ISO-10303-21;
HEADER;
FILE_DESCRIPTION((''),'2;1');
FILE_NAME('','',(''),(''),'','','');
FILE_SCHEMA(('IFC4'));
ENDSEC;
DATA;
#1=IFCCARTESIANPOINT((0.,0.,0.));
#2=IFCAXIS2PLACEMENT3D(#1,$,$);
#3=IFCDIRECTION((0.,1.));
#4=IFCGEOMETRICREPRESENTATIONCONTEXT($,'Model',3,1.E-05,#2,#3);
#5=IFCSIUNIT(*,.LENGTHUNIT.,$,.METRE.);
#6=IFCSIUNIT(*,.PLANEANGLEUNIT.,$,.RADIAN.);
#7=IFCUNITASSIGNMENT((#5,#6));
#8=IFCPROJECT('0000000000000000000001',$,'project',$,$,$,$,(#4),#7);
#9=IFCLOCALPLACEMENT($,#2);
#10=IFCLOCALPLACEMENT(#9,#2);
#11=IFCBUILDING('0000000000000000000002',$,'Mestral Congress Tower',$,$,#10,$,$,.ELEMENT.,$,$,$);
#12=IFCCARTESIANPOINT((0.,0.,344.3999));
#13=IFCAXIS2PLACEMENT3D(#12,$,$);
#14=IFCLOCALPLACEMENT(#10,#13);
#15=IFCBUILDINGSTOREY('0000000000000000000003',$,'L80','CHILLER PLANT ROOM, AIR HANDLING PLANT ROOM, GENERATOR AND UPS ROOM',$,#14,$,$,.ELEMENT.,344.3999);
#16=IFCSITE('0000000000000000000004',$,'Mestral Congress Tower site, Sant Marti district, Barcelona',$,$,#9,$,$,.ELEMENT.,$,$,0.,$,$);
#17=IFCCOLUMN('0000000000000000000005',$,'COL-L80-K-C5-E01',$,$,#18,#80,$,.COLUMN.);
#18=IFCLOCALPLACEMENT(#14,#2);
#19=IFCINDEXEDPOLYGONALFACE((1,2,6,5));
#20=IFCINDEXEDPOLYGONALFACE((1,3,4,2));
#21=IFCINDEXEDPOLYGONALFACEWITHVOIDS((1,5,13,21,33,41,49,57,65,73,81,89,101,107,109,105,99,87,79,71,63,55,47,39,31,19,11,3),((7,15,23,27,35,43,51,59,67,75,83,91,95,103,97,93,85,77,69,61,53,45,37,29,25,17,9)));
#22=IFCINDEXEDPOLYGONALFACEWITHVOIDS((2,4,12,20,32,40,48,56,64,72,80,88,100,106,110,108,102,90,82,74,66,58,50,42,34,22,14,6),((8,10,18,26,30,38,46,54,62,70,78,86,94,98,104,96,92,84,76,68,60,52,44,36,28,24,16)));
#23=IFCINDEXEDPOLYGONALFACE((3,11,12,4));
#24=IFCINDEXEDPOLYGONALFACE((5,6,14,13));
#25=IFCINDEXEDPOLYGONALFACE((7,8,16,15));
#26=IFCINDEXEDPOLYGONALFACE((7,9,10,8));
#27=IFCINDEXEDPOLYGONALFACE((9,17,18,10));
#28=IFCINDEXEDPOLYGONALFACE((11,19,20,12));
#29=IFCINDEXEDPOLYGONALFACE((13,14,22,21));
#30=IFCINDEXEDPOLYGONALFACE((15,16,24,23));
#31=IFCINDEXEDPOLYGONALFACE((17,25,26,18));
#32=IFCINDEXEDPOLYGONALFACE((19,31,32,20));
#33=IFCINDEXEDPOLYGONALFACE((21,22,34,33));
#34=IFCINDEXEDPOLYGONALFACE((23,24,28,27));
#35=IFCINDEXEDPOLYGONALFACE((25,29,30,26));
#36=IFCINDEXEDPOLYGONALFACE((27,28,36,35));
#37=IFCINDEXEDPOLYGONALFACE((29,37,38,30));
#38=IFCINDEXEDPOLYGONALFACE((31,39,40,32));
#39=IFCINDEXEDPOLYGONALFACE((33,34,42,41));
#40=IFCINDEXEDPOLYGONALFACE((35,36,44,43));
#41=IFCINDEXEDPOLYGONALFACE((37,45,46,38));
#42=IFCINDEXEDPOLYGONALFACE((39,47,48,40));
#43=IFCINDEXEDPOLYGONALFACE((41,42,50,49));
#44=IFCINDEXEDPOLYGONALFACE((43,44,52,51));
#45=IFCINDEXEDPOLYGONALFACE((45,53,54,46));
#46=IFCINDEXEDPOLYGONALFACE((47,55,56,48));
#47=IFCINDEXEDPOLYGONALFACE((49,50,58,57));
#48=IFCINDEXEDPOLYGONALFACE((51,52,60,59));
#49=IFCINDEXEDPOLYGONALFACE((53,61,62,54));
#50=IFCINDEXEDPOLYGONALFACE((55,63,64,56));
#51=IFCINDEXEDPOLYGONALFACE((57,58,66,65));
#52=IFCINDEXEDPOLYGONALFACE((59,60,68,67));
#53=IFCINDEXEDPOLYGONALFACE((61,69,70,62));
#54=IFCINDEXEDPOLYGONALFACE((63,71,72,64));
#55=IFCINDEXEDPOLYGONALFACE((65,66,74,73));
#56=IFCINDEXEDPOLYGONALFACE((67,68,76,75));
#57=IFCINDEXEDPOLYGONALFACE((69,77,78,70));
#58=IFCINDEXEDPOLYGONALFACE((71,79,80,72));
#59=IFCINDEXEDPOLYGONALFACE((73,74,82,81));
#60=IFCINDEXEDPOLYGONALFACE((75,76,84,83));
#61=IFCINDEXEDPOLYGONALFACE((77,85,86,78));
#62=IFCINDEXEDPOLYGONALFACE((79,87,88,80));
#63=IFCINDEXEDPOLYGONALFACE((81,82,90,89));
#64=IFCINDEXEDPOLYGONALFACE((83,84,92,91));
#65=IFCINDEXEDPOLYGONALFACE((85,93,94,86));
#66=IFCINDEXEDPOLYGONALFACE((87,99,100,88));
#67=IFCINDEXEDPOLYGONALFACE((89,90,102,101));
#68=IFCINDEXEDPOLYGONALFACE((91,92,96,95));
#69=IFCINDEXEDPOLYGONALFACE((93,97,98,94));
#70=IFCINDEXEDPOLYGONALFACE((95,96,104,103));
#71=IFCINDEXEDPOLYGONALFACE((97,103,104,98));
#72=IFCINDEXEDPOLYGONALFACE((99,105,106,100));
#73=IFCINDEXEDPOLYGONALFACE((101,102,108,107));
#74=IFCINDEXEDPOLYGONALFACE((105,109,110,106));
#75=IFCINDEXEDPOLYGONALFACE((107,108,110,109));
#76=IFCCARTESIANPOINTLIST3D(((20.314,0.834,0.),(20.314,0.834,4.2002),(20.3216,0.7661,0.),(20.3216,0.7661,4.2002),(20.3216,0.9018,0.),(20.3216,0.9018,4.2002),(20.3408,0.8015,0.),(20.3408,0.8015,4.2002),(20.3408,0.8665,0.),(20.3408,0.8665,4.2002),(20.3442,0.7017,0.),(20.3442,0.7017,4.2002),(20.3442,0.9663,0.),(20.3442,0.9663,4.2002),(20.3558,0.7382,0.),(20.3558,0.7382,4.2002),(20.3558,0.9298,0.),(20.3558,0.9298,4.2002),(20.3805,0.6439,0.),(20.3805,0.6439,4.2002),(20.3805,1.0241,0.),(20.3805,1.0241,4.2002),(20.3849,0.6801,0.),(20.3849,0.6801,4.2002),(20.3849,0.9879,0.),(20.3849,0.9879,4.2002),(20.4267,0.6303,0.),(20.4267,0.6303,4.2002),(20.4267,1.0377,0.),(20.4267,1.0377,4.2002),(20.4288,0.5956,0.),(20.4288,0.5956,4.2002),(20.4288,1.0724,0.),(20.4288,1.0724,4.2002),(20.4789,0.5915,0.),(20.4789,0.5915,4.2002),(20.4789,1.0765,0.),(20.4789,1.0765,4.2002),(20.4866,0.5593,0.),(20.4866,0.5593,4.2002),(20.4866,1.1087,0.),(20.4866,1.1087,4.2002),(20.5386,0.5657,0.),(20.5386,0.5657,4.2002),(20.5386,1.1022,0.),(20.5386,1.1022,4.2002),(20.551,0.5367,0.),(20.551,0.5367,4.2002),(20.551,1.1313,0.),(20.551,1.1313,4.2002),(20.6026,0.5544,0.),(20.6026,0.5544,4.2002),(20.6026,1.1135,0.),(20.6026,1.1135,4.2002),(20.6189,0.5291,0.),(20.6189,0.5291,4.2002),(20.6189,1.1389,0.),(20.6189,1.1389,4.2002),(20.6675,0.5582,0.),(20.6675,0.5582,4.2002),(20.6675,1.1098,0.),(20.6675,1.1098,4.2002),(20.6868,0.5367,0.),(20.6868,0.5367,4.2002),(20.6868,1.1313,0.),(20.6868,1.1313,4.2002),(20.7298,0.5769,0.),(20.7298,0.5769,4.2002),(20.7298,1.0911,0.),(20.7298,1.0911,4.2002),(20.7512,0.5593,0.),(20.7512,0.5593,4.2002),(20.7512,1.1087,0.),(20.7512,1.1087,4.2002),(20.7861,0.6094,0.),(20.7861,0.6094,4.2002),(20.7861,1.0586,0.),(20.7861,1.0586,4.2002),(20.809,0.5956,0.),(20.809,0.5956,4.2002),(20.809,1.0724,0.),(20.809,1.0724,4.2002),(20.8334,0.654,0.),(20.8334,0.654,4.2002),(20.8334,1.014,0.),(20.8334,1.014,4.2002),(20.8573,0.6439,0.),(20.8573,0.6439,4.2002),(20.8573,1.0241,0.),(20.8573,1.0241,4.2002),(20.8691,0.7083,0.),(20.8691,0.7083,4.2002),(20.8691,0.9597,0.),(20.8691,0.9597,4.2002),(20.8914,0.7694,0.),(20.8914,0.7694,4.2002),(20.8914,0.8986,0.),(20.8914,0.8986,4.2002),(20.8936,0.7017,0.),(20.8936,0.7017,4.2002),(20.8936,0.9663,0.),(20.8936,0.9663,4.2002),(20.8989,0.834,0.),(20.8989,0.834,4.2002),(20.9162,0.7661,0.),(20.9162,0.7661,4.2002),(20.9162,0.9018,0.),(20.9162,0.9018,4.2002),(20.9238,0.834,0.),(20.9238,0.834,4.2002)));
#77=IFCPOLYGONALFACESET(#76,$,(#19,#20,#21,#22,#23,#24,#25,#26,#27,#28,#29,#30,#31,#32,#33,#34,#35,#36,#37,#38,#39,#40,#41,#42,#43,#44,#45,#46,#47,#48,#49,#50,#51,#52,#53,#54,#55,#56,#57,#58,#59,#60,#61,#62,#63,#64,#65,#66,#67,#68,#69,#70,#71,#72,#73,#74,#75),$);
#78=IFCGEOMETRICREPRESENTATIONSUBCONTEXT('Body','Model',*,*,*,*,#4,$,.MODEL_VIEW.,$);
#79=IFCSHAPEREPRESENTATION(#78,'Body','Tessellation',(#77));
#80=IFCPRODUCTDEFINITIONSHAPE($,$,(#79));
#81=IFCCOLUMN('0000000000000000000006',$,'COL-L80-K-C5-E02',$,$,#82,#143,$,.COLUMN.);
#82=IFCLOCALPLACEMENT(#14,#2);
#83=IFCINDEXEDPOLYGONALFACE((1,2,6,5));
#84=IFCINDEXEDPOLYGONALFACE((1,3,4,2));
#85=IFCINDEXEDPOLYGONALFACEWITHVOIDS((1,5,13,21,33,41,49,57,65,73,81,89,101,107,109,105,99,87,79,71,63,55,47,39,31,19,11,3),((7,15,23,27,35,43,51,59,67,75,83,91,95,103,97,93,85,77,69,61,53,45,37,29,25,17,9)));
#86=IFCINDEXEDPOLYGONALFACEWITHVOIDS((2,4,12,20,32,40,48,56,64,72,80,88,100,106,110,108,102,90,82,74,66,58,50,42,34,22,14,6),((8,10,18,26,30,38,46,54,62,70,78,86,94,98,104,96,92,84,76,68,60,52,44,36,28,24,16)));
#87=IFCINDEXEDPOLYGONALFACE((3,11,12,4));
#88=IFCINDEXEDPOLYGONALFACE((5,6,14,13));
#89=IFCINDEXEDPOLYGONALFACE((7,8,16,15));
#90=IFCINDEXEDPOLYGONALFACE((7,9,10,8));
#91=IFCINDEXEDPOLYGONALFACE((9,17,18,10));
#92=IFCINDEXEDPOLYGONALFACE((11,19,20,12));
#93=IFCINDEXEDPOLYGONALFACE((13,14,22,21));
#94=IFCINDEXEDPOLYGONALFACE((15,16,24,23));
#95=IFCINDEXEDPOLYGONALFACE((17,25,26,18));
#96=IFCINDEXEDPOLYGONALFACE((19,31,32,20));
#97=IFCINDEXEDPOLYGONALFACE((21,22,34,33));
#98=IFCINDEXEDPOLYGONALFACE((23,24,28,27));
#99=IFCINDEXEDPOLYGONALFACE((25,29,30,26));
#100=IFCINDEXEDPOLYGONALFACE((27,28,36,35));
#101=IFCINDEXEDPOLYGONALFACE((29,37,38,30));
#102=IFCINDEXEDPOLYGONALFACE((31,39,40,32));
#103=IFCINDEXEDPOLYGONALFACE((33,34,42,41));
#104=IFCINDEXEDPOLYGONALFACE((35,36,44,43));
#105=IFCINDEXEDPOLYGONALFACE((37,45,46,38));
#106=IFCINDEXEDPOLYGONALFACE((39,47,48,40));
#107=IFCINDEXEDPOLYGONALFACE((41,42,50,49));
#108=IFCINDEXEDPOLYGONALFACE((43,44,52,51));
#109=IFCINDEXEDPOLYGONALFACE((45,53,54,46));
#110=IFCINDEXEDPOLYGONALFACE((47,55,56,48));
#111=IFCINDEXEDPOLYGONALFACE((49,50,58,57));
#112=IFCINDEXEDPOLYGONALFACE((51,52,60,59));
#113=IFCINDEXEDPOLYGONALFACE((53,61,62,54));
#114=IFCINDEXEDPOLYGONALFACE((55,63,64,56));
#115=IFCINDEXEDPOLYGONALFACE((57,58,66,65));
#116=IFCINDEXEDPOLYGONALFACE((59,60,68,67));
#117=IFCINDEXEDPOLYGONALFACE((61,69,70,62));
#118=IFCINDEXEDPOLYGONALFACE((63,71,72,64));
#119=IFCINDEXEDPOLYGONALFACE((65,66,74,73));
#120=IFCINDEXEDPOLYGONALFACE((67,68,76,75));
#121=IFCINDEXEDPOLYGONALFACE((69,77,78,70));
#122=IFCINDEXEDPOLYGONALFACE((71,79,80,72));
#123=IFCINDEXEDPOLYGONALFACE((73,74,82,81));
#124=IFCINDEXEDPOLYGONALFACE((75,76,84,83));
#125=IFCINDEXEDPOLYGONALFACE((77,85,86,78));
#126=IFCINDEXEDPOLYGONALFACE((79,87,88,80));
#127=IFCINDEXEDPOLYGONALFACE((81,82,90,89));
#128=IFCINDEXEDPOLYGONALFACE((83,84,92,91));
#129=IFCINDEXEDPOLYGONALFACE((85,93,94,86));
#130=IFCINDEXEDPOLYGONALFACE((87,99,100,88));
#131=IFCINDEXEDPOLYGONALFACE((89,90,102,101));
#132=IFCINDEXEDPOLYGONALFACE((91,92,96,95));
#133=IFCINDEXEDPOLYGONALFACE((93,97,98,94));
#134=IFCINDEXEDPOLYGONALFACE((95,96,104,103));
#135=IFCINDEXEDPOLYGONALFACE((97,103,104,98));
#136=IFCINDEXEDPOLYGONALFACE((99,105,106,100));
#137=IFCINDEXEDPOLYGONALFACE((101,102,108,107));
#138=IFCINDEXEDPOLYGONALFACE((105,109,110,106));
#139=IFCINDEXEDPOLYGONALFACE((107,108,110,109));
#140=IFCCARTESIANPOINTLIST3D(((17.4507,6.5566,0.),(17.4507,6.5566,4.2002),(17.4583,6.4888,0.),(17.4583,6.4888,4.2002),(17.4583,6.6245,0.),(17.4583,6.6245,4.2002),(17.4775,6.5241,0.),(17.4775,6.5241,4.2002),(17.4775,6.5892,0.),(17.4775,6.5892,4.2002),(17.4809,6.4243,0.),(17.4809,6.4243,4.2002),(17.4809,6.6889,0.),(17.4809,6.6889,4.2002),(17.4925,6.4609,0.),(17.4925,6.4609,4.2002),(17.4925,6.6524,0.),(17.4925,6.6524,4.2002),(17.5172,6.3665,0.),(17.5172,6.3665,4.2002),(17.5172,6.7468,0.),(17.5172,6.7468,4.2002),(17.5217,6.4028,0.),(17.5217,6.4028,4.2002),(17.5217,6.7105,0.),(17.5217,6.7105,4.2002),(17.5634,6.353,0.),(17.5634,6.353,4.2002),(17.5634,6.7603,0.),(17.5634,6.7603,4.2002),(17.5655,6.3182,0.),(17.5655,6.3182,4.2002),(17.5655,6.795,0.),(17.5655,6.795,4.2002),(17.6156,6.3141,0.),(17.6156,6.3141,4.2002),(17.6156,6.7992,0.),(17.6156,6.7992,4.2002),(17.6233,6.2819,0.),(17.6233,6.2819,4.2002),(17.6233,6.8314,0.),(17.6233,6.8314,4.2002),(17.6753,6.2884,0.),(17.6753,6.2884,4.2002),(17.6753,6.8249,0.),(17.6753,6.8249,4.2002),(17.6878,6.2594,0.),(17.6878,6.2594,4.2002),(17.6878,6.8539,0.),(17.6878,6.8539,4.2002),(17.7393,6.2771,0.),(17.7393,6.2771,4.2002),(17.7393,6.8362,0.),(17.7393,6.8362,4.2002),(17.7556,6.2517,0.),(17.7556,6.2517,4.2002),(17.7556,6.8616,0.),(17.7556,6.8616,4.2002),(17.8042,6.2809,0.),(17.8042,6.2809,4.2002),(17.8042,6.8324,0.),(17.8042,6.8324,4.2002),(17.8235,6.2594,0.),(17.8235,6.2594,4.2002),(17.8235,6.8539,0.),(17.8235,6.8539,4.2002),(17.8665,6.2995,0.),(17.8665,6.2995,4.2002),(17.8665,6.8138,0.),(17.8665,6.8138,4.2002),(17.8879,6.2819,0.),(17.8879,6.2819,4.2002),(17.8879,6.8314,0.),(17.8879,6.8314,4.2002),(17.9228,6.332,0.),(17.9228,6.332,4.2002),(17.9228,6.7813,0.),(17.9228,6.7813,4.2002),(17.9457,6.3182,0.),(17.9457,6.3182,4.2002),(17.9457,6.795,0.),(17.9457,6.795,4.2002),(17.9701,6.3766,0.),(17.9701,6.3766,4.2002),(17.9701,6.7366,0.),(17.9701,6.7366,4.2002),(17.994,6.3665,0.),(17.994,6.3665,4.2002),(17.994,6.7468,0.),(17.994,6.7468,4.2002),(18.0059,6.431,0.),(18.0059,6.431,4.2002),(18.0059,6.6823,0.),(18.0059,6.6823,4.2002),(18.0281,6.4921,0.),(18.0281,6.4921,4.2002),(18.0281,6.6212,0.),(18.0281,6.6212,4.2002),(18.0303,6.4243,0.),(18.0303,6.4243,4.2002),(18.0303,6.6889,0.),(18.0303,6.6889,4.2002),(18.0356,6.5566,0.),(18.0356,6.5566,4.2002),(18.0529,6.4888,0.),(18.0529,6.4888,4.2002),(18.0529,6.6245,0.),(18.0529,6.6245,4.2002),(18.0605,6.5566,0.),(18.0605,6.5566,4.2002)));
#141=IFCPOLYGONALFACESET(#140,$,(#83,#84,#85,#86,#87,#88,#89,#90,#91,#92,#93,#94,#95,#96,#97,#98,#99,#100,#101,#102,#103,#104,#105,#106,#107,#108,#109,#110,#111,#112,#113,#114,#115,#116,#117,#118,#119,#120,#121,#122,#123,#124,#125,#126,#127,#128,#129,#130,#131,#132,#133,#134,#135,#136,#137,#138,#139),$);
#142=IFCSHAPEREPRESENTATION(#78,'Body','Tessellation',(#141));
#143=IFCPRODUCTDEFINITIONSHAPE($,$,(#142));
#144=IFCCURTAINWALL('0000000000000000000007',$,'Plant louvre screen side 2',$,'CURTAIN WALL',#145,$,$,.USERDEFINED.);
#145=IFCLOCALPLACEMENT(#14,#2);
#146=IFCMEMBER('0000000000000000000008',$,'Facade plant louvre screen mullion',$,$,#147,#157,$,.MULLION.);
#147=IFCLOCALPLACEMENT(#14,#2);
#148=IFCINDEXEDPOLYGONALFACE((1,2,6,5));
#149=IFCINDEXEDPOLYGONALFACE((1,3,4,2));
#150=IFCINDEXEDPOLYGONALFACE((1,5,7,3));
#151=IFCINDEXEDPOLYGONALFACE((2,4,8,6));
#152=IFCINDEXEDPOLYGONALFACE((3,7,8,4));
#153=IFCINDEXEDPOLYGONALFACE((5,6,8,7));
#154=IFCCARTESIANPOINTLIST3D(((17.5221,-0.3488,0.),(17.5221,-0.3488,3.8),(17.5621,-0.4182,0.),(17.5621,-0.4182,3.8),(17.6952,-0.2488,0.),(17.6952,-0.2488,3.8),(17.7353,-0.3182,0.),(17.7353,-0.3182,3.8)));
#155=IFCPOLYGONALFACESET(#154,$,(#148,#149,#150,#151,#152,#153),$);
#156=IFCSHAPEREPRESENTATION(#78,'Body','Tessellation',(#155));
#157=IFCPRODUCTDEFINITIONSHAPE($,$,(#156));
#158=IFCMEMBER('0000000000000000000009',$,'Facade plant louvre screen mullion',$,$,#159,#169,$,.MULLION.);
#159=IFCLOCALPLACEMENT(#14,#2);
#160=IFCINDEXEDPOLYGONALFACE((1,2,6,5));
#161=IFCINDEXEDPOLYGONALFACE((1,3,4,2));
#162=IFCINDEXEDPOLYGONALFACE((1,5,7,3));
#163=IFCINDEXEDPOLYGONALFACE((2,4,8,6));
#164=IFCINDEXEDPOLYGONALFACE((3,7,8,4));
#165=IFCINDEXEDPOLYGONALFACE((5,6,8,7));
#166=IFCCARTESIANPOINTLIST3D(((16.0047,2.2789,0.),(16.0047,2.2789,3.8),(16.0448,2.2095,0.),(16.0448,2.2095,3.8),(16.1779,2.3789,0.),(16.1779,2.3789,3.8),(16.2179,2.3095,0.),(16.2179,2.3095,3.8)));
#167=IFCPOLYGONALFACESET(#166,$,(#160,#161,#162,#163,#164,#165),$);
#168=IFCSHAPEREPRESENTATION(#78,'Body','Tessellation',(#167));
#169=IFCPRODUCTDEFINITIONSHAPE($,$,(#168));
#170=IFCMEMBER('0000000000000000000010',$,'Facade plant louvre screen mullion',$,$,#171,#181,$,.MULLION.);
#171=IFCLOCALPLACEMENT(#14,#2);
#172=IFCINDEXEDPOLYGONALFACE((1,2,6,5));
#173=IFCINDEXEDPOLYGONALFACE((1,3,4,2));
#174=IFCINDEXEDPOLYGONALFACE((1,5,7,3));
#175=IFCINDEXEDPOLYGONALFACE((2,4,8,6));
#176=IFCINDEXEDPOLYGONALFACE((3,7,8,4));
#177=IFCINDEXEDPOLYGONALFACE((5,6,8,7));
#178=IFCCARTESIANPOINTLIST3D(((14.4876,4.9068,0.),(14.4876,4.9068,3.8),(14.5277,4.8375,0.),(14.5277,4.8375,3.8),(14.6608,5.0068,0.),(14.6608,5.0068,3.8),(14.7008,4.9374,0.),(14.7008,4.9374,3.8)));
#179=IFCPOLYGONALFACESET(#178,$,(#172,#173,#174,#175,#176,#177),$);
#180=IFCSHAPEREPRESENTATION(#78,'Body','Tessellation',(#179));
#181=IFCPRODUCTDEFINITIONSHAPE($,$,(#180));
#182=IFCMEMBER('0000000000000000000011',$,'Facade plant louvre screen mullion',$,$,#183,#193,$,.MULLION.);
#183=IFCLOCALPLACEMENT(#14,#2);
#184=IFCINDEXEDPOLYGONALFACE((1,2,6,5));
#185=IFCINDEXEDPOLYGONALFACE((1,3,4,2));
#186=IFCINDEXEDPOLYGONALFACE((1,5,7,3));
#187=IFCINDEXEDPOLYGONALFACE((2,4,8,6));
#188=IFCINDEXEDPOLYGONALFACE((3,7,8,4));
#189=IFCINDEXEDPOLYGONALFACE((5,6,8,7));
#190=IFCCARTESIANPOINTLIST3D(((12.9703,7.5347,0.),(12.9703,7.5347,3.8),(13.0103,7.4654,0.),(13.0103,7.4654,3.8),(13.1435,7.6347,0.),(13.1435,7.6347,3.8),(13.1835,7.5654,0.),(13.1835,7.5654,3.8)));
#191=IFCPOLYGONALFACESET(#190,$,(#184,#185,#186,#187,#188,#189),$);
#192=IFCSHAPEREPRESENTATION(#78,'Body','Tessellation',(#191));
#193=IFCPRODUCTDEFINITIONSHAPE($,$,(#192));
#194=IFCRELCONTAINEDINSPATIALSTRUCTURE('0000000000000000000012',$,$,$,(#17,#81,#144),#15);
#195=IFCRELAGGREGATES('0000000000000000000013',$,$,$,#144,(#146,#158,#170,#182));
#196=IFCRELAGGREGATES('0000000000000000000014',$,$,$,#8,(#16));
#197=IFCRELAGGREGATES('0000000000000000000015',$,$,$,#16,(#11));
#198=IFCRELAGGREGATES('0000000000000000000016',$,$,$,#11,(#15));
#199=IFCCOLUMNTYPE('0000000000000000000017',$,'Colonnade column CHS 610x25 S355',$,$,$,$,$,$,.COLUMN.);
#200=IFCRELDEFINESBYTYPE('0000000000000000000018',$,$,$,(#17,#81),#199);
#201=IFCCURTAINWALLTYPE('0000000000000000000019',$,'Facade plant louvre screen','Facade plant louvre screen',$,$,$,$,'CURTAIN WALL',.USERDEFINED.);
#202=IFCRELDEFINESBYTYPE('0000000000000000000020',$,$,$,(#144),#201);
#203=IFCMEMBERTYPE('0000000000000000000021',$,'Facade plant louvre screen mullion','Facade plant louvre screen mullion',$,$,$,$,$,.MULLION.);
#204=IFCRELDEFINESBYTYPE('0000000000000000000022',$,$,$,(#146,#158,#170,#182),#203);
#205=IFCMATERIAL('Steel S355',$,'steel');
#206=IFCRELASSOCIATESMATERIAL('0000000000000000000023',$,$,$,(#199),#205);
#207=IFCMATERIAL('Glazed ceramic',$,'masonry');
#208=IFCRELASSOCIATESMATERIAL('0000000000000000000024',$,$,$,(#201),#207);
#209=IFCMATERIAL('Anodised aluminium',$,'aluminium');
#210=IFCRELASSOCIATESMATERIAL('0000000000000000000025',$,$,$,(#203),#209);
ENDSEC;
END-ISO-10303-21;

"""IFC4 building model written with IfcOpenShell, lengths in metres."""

from ifc_helpers import new_model, si_unit, direction, frame, origin, origin_2d, place, context, subcontext, project, spatial, rectangle, hollow_circle, extrude, material, material_profile, profile_set, type_object, element, aggregate, save


model = new_model("IFC4")

# Units and contexts
model_context = context("Model", 3, precision=1e-05, world=origin(), true_north=direction((0.0, 1.0)))
body_context = subcontext(model_context, "Body", "Model", "MODEL_VIEW")
ifc_project = project(units=[si_unit("LENGTHUNIT", "METRE"), si_unit("PLANEANGLEUNIT", "RADIAN")], contexts=[model_context])

# Site, building, storey
site_placement = place(None, origin())
site = spatial("IfcSite", under=ifc_project, at=site_placement, Name="Mestral Congress Tower site, Sant Marti district, Barcelona", CompositionType="ELEMENT", RefElevation=0.0)
building_placement = place(site_placement, origin())
building = spatial("IfcBuilding", under=site, at=building_placement, Name="Mestral Congress Tower", CompositionType="ELEMENT")
storey_placement = place(building_placement, frame((0.0, 0.0, 344.3999)))
storey = spatial("IfcBuildingStorey", under=building, at=storey_placement, Name="L80", Description="CHILLER PLANT ROOM, AIR HANDLING PLANT ROOM, GENERATOR AND UPS ROOM", CompositionType="ELEMENT", Elevation=344.3999)

# Columns
ifc_material_1 = material(Name="Steel S355", Category="steel")
ifc_material_profile_1 = material_profile(ifc_material_1, hollow_circle(Radius=0.3049, WallThickness=0.0249, at=origin_2d()), Name="CHS 610x25")
ifc_profile_set_1 = profile_set([ifc_material_profile_1], Name="Steel S355")
column_type = type_object("IfcColumnType", Name="Colonnade column CHS 610x25 S355", PredefinedType="COLUMN", material=ifc_profile_set_1)
for number, where, z_axis, x_axis, name in (
    (1, (20.6189, 0.834, 0.0), (0.0, 0.0, 1.0), (1.0, 0.0, 0.0), "COL-L80-K-C5-E01"),
    (2, (17.7556, 6.5566, 0.0), (0.0, 0.0, 1.0), (1.0, 0.0, 0.0), "COL-L80-K-C5-E02"),
):
    element("IfcColumn", number, at=place(storey_placement, frame(where, z_axis=z_axis, x_axis=x_axis)), inside=storey, type_object=column_type, Name=name, PredefinedType="COLUMN", context=body_context, shape_type="SweptSolid", body=[
        extrude(hollow_circle(Radius=0.3049, WallThickness=0.0249, at=origin_2d()), origin(), (0.0, 0.0, 1.0), 4.2002),
    ])

# Curtain wall, members
ifc_material_2 = material(Name="Glazed ceramic", Category="masonry")
curtain_wall_type = type_object("IfcCurtainWallType", Name="Facade plant louvre screen", Description="Facade plant louvre screen", ElementType="CURTAIN WALL", PredefinedType="USERDEFINED", material=ifc_material_2)
curtain_wall_placement = place(storey_placement, origin())
curtain_wall = element("IfcCurtainWall", 3, at=curtain_wall_placement, inside=storey, type_object=curtain_wall_type, Name="Plant louvre screen side 2", ObjectType="CURTAIN WALL", PredefinedType="USERDEFINED")
ifc_material_3 = material(Name="Anodised aluminium", Category="aluminium")
ifc_material_profile_2 = material_profile(ifc_material_3, rectangle(XDim=0.2, YDim=0.0801, at=origin_2d()), Name="CW6 mullion 200 x 80")
ifc_profile_set_2 = profile_set([ifc_material_profile_2], Name="Anodised aluminium")
member_type_1 = type_object("IfcMemberType", Name="Facade plant louvre screen mullion", Description="Facade plant louvre screen mullion", PredefinedType="MULLION", material=ifc_profile_set_2)
member_1_placement = place(storey_placement, frame((17.6287, -0.3335, 0.0), z_axis=(0.0, 0.0, 1.0), x_axis=(0.866025, 0.500002, 0.0)))
member_1 = element("IfcMember", 4, at=member_1_placement, type_object=member_type_1, Name="Facade plant louvre screen mullion", PredefinedType="MULLION", context=body_context, shape_type="SweptSolid", body=[
    extrude(rectangle(XDim=0.2, YDim=0.0801, at=origin_2d()), origin(), (0.0, 0.0, 1.0), 3.8),
])
member_2_placement = place(storey_placement, frame((16.1113, 2.2942, 0.0), z_axis=(0.0, 0.0, 1.0), x_axis=(0.866025, 0.500002, 0.0)))
member_2 = element("IfcMember", 5, at=member_2_placement, type_object=member_type_1, Name="Facade plant louvre screen mullion", PredefinedType="MULLION", context=body_context, shape_type="SweptSolid", body=[
    extrude(rectangle(XDim=0.2, YDim=0.0801, at=origin_2d()), origin(), (0.0, 0.0, 1.0), 3.8),
])
member_3_placement = place(storey_placement, frame((14.5942, 4.9221, 0.0), z_axis=(0.0, 0.0, 1.0), x_axis=(0.866025, 0.500002, 0.0)))
member_3 = element("IfcMember", 6, at=member_3_placement, type_object=member_type_1, Name="Facade plant louvre screen mullion", PredefinedType="MULLION", context=body_context, shape_type="SweptSolid", body=[
    extrude(rectangle(XDim=0.2, YDim=0.0801, at=origin_2d()), origin(), (0.0, 0.0, 1.0), 3.8),
])
member_4_placement = place(storey_placement, frame((13.0769, 7.55, 0.0), z_axis=(0.0, 0.0, 1.0), x_axis=(0.866025, 0.500002, 0.0)))
member_4 = element("IfcMember", 7, at=member_4_placement, type_object=member_type_1, Name="Facade plant louvre screen mullion", PredefinedType="MULLION", context=body_context, shape_type="SweptSolid", body=[
    extrude(rectangle(XDim=0.2, YDim=0.0801, at=origin_2d()), origin(), (0.0, 0.0, 1.0), 3.8),
])

aggregate(curtain_wall, [member_1, member_2, member_3, member_4])

save(model, "model.ifc")
